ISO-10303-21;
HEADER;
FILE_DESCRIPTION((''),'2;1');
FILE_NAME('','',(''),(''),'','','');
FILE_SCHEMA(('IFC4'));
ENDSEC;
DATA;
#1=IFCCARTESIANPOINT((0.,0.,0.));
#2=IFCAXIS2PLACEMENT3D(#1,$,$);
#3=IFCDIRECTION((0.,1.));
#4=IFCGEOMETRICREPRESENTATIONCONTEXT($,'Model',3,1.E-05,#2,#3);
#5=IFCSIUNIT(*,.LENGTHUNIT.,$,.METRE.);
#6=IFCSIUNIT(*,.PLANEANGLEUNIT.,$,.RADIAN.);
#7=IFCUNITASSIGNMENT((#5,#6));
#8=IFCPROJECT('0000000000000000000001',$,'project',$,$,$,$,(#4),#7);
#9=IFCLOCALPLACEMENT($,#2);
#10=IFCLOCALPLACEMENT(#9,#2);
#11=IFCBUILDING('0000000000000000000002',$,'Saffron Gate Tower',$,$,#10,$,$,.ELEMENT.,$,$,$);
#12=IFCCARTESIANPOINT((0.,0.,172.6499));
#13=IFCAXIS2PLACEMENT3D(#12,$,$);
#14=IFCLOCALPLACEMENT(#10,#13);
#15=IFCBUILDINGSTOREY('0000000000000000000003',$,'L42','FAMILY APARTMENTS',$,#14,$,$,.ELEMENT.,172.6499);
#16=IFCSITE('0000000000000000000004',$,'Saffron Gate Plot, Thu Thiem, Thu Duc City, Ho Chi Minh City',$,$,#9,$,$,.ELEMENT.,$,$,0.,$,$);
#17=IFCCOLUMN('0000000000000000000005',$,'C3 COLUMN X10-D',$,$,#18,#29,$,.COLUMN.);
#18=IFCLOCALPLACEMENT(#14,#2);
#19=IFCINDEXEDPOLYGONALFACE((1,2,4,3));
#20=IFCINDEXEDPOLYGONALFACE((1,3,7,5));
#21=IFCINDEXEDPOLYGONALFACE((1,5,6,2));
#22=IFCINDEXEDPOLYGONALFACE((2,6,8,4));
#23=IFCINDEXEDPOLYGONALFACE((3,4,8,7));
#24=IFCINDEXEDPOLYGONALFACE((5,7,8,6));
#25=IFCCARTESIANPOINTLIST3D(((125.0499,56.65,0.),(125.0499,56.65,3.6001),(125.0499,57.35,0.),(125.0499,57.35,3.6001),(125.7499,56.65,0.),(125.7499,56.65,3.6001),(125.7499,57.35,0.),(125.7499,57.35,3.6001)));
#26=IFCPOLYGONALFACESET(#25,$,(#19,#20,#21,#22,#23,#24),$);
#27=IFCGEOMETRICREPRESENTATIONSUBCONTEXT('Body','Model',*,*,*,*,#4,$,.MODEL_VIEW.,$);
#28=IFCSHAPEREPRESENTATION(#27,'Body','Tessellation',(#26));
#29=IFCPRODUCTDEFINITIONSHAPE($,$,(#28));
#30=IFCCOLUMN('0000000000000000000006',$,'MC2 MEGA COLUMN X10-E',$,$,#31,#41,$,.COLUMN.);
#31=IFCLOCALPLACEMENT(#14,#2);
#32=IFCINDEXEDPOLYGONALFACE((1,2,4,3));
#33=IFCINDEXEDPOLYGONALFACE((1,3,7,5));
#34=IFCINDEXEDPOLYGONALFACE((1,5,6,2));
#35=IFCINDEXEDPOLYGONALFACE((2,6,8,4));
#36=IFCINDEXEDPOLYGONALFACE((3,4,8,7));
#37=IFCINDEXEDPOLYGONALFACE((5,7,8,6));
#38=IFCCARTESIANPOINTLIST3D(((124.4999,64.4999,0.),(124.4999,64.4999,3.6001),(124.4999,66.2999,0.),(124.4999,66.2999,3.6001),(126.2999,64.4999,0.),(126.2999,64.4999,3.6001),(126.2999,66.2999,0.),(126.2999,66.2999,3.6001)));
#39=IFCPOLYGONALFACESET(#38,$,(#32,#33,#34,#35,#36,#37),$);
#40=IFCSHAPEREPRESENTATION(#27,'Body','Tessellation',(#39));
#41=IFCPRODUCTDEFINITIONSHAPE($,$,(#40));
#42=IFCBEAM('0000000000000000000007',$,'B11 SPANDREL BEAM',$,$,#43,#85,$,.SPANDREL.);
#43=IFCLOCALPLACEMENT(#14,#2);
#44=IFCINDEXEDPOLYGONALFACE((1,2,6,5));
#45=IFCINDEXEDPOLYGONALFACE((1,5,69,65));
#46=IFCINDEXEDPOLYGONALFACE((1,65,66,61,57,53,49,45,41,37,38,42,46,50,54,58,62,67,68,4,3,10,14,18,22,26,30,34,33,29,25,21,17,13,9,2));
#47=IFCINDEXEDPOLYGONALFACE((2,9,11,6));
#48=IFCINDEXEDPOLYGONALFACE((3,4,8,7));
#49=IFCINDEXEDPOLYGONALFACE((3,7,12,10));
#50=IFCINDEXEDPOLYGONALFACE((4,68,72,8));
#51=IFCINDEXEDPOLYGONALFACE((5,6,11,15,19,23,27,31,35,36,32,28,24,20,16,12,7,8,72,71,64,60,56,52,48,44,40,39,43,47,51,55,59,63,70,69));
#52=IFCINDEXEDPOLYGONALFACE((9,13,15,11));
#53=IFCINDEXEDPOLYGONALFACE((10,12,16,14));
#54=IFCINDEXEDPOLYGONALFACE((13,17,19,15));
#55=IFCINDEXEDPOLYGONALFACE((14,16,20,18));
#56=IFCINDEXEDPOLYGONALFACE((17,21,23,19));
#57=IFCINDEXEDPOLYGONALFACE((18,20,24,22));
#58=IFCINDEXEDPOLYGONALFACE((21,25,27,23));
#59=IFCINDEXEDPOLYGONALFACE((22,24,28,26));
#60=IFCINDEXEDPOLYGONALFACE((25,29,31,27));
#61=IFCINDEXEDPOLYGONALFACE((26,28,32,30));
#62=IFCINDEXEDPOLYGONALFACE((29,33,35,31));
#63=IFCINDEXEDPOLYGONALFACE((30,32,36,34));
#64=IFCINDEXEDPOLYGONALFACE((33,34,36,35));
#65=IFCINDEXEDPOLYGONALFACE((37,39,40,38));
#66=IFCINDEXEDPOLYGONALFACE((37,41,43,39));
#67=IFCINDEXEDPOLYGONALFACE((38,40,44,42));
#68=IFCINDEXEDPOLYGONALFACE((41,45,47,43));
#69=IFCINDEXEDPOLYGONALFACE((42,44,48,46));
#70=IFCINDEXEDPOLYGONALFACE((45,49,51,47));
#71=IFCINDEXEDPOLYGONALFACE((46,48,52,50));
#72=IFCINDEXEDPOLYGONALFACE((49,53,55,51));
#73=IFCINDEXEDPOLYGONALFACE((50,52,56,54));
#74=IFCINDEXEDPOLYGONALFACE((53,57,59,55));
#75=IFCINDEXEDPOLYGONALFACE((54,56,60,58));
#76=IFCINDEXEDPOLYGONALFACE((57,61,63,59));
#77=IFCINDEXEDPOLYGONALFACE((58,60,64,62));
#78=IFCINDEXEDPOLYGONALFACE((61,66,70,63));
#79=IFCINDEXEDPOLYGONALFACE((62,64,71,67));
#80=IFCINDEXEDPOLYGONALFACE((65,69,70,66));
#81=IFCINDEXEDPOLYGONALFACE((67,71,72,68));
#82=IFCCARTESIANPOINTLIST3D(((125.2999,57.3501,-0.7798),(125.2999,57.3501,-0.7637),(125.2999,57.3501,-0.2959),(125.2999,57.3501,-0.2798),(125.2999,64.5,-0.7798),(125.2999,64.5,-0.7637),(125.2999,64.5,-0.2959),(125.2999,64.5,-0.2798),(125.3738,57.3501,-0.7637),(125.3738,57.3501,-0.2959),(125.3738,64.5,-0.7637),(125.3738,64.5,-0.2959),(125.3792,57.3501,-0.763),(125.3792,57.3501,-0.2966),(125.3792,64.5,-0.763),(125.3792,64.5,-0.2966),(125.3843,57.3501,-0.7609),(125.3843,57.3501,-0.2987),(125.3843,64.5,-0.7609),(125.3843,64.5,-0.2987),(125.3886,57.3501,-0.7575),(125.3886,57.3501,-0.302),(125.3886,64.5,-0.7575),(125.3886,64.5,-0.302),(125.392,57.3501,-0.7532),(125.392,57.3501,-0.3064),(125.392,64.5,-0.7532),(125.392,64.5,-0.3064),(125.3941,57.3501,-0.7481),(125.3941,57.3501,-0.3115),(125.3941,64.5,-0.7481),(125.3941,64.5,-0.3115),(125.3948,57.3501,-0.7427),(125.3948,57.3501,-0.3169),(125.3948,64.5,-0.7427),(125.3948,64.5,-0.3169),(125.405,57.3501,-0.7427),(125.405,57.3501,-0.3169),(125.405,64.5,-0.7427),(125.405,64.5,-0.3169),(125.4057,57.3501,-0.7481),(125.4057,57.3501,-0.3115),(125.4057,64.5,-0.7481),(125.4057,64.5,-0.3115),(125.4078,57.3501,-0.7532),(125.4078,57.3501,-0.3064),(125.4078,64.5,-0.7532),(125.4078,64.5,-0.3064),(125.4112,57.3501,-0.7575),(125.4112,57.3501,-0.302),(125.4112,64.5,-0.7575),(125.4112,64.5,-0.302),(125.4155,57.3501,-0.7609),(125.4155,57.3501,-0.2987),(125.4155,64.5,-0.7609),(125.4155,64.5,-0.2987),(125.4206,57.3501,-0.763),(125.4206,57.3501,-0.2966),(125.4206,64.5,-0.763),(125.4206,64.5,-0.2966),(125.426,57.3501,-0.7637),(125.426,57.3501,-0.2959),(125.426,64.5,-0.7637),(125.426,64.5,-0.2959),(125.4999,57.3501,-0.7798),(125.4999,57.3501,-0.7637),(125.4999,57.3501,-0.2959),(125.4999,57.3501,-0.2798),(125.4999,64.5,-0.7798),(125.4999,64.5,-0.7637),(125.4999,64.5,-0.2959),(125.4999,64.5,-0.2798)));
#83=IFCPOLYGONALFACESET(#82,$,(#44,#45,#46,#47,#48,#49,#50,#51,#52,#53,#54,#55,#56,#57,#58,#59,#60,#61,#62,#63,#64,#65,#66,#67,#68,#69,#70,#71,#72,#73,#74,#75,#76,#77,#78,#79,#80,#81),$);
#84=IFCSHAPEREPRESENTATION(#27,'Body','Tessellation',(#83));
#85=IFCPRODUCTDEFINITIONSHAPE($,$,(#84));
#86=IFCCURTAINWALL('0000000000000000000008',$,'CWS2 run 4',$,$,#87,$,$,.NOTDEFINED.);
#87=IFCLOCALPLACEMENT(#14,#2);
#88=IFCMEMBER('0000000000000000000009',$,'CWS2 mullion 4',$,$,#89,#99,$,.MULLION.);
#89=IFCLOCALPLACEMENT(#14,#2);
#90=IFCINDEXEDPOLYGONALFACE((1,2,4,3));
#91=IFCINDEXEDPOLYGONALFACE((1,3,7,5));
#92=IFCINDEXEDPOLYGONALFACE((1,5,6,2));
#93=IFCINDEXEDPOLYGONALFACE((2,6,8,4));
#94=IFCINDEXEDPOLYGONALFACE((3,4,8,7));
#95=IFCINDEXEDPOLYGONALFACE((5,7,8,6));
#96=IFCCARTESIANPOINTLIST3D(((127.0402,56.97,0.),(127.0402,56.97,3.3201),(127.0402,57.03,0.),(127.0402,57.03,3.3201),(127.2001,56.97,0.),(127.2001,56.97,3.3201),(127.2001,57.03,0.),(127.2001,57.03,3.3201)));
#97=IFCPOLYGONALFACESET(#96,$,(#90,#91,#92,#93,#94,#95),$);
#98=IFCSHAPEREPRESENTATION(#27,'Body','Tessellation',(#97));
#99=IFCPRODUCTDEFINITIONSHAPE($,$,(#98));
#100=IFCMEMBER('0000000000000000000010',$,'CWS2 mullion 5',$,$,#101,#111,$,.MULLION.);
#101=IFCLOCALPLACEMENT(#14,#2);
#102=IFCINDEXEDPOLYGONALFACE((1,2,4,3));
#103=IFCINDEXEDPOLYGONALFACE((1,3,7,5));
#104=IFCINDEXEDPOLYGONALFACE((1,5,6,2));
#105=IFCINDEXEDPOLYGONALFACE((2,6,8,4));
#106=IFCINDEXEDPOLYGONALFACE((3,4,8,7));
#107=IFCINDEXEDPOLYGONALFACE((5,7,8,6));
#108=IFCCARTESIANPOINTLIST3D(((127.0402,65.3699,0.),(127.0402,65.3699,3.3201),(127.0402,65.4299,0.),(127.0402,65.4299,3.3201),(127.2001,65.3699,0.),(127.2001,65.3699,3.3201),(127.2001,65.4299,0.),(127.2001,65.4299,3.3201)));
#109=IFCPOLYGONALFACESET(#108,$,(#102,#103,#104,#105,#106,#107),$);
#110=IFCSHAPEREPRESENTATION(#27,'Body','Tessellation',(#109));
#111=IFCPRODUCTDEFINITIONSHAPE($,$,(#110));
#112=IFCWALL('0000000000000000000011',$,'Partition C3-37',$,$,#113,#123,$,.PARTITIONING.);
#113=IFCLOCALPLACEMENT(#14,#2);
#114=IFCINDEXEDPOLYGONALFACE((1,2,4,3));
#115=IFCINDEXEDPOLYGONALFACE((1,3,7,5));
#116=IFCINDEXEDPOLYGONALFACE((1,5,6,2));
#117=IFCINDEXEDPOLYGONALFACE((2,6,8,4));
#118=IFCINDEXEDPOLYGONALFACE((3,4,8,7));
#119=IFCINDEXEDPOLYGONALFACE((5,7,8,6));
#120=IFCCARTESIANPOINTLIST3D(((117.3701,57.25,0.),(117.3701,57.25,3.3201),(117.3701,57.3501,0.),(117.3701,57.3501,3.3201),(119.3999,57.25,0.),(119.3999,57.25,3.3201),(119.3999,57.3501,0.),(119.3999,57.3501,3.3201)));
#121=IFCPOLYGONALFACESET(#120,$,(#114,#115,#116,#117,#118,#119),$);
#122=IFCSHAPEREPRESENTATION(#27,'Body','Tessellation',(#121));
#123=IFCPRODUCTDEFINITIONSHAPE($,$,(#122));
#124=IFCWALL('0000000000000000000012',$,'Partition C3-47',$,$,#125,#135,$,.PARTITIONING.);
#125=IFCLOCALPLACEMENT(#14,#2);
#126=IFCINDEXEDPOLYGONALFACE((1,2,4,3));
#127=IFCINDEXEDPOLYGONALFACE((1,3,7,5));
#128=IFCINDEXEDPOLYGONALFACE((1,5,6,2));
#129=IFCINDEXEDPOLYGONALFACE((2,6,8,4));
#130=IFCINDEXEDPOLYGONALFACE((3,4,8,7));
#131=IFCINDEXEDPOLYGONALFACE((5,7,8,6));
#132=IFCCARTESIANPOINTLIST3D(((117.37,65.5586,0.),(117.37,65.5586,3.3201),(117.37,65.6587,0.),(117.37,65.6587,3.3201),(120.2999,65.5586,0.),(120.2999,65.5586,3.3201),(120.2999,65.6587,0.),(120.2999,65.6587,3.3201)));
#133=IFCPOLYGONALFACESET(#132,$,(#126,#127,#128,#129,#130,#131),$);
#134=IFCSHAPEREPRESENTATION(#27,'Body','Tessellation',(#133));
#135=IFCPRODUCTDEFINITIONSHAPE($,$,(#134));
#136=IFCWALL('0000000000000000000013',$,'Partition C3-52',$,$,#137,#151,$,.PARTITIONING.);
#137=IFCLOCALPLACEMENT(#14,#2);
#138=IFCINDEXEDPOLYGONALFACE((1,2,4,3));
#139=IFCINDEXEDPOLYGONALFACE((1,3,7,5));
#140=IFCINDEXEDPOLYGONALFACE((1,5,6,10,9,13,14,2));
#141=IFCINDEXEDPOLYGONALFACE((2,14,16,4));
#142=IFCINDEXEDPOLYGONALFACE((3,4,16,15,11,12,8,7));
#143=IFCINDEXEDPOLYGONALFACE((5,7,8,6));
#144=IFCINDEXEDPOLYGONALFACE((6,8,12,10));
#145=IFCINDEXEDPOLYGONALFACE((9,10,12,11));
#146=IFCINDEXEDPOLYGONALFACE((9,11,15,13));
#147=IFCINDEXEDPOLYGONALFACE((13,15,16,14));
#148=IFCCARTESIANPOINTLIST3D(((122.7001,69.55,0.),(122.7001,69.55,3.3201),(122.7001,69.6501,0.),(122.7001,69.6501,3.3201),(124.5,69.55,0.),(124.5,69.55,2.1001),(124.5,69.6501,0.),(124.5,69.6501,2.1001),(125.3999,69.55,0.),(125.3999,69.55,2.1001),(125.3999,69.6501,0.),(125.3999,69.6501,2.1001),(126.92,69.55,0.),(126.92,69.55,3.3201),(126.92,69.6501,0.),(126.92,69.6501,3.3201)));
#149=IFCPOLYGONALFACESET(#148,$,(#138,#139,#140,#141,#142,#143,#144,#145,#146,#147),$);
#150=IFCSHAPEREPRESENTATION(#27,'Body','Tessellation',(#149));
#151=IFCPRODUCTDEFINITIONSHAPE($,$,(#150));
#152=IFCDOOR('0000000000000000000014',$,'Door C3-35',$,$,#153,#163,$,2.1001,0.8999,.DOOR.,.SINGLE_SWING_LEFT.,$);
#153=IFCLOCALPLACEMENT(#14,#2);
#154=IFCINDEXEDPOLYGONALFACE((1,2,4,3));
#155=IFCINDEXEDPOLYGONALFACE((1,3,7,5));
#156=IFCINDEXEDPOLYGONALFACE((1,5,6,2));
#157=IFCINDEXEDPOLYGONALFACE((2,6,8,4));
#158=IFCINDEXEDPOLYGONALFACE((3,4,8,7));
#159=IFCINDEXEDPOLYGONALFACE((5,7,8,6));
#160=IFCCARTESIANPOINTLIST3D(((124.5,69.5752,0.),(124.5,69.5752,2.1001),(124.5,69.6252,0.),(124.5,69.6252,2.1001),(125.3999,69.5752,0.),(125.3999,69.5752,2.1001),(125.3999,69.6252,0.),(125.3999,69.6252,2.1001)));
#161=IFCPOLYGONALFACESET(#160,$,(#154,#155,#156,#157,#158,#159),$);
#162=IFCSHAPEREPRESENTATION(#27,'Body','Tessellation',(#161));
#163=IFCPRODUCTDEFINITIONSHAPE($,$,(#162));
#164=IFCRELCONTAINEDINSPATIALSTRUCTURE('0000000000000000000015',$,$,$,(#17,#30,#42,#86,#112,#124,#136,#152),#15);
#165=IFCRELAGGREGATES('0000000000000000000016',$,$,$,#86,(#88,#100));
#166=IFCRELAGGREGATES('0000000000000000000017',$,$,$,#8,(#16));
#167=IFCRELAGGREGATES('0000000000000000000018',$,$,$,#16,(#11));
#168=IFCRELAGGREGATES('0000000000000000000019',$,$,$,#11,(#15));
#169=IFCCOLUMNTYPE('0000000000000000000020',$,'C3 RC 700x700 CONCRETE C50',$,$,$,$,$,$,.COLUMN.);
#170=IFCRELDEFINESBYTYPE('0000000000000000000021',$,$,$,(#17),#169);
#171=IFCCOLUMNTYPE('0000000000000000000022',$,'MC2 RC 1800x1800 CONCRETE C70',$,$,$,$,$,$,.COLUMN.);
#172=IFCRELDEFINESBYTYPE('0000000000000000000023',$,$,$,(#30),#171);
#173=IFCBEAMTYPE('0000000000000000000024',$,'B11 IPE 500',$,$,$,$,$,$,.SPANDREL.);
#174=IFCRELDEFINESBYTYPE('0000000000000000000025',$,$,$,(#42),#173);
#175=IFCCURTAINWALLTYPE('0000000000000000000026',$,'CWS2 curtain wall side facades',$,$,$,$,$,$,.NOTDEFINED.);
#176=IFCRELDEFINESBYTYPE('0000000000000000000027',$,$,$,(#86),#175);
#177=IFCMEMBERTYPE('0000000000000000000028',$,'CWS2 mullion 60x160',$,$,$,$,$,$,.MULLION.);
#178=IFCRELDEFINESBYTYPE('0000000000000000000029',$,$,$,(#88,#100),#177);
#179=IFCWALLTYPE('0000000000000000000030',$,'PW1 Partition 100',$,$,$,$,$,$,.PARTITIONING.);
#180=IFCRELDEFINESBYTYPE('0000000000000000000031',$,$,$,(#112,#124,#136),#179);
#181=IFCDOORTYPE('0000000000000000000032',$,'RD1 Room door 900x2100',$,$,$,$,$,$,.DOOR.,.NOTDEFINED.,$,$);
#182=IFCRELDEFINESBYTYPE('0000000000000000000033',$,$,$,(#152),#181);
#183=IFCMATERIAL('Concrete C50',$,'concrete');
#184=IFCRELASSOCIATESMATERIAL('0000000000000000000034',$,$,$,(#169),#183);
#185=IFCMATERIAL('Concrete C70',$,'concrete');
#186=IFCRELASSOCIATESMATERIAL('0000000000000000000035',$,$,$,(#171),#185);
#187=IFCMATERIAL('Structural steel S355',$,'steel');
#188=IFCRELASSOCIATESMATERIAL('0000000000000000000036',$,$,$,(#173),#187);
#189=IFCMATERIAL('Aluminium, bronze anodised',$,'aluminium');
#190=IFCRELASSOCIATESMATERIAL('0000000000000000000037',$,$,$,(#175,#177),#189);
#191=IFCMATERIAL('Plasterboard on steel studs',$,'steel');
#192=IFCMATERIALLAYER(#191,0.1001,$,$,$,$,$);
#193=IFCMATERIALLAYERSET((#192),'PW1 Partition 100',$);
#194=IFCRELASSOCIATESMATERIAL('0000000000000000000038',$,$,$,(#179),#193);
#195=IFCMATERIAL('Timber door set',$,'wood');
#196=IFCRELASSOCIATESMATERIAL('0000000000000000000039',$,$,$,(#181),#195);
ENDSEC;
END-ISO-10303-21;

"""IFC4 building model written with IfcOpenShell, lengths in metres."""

from ifc_helpers import new_model, si_unit, direction, frame, frame_2d, origin, origin_2d, place, context, subcontext, project, spatial, rectangle, i_section, extrude, material, layer, layer_set, material_profile, profile_set, type_object, element, fill, aggregate, save


model = new_model("IFC4")

# Units and contexts
model_context = context("Model", 3, precision=1e-05, world=origin(), true_north=direction((0.0, 1.0)))
body_context = subcontext(model_context, "Body", "Model", "MODEL_VIEW")
ifc_project = project(units=[si_unit("LENGTHUNIT", "METRE"), si_unit("PLANEANGLEUNIT", "RADIAN")], contexts=[model_context])

# Site, building, storey
site_placement = place(None, origin())
site = spatial("IfcSite", under=ifc_project, at=site_placement, Name="Saffron Gate Plot, Thu Thiem, Thu Duc City, Ho Chi Minh City", CompositionType="ELEMENT", RefElevation=0.0)
building_placement = place(site_placement, origin())
building = spatial("IfcBuilding", under=site, at=building_placement, Name="Saffron Gate Tower", CompositionType="ELEMENT")
storey_placement = place(building_placement, frame((0.0, 0.0, 172.6499)))
storey = spatial("IfcBuildingStorey", under=building, at=storey_placement, Name="L42", Description="FAMILY APARTMENTS", CompositionType="ELEMENT", Elevation=172.6499)

# Columns
ifc_material_1 = material(Name="Concrete C50", Category="concrete")
ifc_material_profile_1 = material_profile(ifc_material_1, rectangle(XDim=0.7, YDim=0.7, at=origin_2d()))
ifc_profile_set_1 = profile_set([ifc_material_profile_1], Name="Concrete C50")
column_type_1 = type_object("IfcColumnType", Name="C3 RC 700x700 CONCRETE C50", PredefinedType="COLUMN", material=ifc_profile_set_1)
column_1_placement = place(storey_placement, frame((125.3999, 57.0, 0.0), z_axis=(0.0, 0.0, 1.0), x_axis=(1.0, 0.0, 0.0)))
element("IfcColumn", 1, at=column_1_placement, inside=storey, type_object=column_type_1, Name="C3 COLUMN X10-D", PredefinedType="COLUMN", context=body_context, shape_type="SweptSolid", body=[
    extrude(rectangle(XDim=0.7, YDim=0.7, at=origin_2d()), origin(), (0.0, 0.0, 1.0), 3.6001),
])
ifc_material_2 = material(Name="Concrete C70", Category="concrete")
ifc_material_profile_2 = material_profile(ifc_material_2, rectangle(XDim=1.8, YDim=1.8, at=origin_2d()))
ifc_profile_set_2 = profile_set([ifc_material_profile_2], Name="Concrete C70")
column_type_2 = type_object("IfcColumnType", Name="MC2 RC 1800x1800 CONCRETE C70", PredefinedType="COLUMN", material=ifc_profile_set_2)
column_2_placement = place(storey_placement, frame((125.3999, 65.3999, 0.0), z_axis=(0.0, 0.0, 1.0), x_axis=(1.0, 0.0, 0.0)))
element("IfcColumn", 2, at=column_2_placement, inside=storey, type_object=column_type_2, Name="MC2 MEGA COLUMN X10-E", PredefinedType="COLUMN", context=body_context, shape_type="SweptSolid", body=[
    extrude(rectangle(XDim=1.8, YDim=1.8, at=origin_2d()), origin(), (0.0, 0.0, 1.0), 3.6001),
])

# Beam
ifc_material_3 = material(Name="Structural steel S355", Category="steel")
ifc_material_profile_3 = material_profile(ifc_material_3, i_section(OverallWidth=0.2, OverallDepth=0.5, WebThickness=0.0103, FlangeThickness=0.0161, FilletRadius=0.021, at=origin_2d()))
ifc_profile_set_3 = profile_set([ifc_material_profile_3], Name="Structural steel S355")
beam_type = type_object("IfcBeamType", Name="B11 IPE 500", PredefinedType="SPANDREL", material=ifc_profile_set_3)
beam_placement = place(storey_placement, frame((125.3999, 57.3501, -0.5298), z_axis=(0.0, 1.0, 0.0), x_axis=(-1.0, 0.0, 0.0)))
element("IfcBeam", 3, at=beam_placement, inside=storey, type_object=beam_type, Name="B11 SPANDREL BEAM", PredefinedType="SPANDREL", context=body_context, shape_type="SweptSolid", body=[
    extrude(i_section(OverallWidth=0.2, OverallDepth=0.5, WebThickness=0.0103, FlangeThickness=0.0161, FilletRadius=0.021, at=origin_2d()), origin(), (0.0, 0.0, 1.0), 7.1499),
])

# Curtain wall, members
ifc_material_4 = material(Name="Aluminium, bronze anodised", Category="aluminium")
curtain_wall_type = type_object("IfcCurtainWallType", Name="CWS2 curtain wall side facades", PredefinedType="NOTDEFINED", material=ifc_material_4)
curtain_wall_placement = place(storey_placement, origin())
curtain_wall = element("IfcCurtainWall", 4, at=curtain_wall_placement, inside=storey, type_object=curtain_wall_type, Name="CWS2 run 4", PredefinedType="NOTDEFINED")
ifc_material_profile_4 = material_profile(ifc_material_4, rectangle(XDim=0.1599, YDim=0.0601, at=origin_2d()))
ifc_profile_set_4 = profile_set([ifc_material_profile_4], Name="Aluminium, bronze anodised")
member_type = type_object("IfcMemberType", Name="CWS2 mullion 60x160", PredefinedType="MULLION", material=ifc_profile_set_4)
member_1_placement = place(storey_placement, frame((127.1201, 57.0, 0.0), z_axis=(0.0, 0.0, 1.0), x_axis=(-1.0, 0.0, 0.0)))
member_1 = element("IfcMember", 5, at=member_1_placement, type_object=member_type, Name="CWS2 mullion 4", PredefinedType="MULLION", context=body_context, shape_type="SweptSolid", body=[
    extrude(rectangle(XDim=0.1599, YDim=0.0601, at=origin_2d()), origin(), (0.0, 0.0, 1.0), 3.3201),
])
member_2_placement = place(storey_placement, frame((127.1201, 65.3999, 0.0), z_axis=(0.0, 0.0, 1.0), x_axis=(-1.0, 0.0, 0.0)))
member_2 = element("IfcMember", 6, at=member_2_placement, type_object=member_type, Name="CWS2 mullion 5", PredefinedType="MULLION", context=body_context, shape_type="SweptSolid", body=[
    extrude(rectangle(XDim=0.1599, YDim=0.0601, at=origin_2d()), origin(), (0.0, 0.0, 1.0), 3.3201),
])
aggregate(curtain_wall, [member_1, member_2])

# Walls
ifc_material_5 = material(Name="Plasterboard on steel studs", Category="steel")
ifc_layer = layer(ifc_material_5, 0.1001)
ifc_layer_set = layer_set([ifc_layer], Name="PW1 Partition 100")
wall_type = type_object("IfcWallType", Name="PW1 Partition 100", PredefinedType="PARTITIONING", material=ifc_layer_set)
wall_1_placement = place(storey_placement, frame((117.3701, 57.3, 0.0), z_axis=(0.0, 0.0, 1.0), x_axis=(1.0, 0.0, 0.0)))
element("IfcWall", 7, at=wall_1_placement, inside=storey, type_object=wall_type, Name="Partition C3-37", PredefinedType="PARTITIONING", context=body_context, shape_type="SweptSolid", body=[
    extrude(rectangle(XDim=2.0298, YDim=0.1001, at=frame_2d((1.0149, 0.0))), origin(), (0.0, 0.0, 1.0), 3.3201),
])
wall_2_placement = place(storey_placement, frame((117.3701, 65.6086, 0.0), z_axis=(0.0, 0.0, 1.0), x_axis=(1.0, 0.0, 0.0)))
element("IfcWall", 8, at=wall_2_placement, inside=storey, type_object=wall_type, Name="Partition C3-47", PredefinedType="PARTITIONING", context=body_context, shape_type="SweptSolid", body=[
    extrude(rectangle(XDim=2.9299, YDim=0.1001, at=frame_2d((1.4648, 0.0))), origin(), (0.0, 0.0, 1.0), 3.3201),
])

# Wall, opening, door
wall_3_placement = place(storey_placement, frame((126.9199, 69.6001, 0.0), z_axis=(0.0, 0.0, 1.0), x_axis=(-1.0, 0.0, 0.0)))
wall_3 = element("IfcWall", 9, at=wall_3_placement, inside=storey, type_object=wall_type, Name="Partition C3-52", PredefinedType="PARTITIONING", context=body_context, shape_type="SweptSolid", body=[
    extrude(rectangle(XDim=4.22, YDim=0.1001, at=frame_2d((2.1099, 0.0))), origin(), (0.0, 0.0, 1.0), 3.3201),
])
opening_1_placement = place(wall_3_placement, frame((1.52, 0.0, 0.0)))
opening_1 = element("IfcOpeningElement", 10, at=opening_1_placement, cuts=wall_3, PredefinedType="OPENING", context=body_context, shape_type="SweptSolid", body=[
    extrude(rectangle(XDim=0.8999, YDim=2.1001, at=frame_2d((0.45, 1.05))), frame((0.0, 0.0601, 0.0), z_axis=(0.0, -1.0, 0.0), x_axis=(1.0, 0.0, 0.0)), (0.0, 0.0, 1.0), 0.1201),
])
ifc_material_6 = material(Name="Timber door set", Category="wood")
door_type = type_object("IfcDoorType", Name="RD1 Room door 900x2100", OperationType="NOTDEFINED", PredefinedType="DOOR", material=ifc_material_6)
door_1_placement = place(opening_1_placement, origin())
door_1 = element("IfcDoor", 11, at=door_1_placement, inside=storey, type_object=door_type, Name="Door C3-35", OperationType="SINGLE_SWING_LEFT", OverallHeight=2.1001, OverallWidth=0.8999, PredefinedType="DOOR", context=body_context, shape_type="SweptSolid", body=[
    extrude(rectangle(XDim=0.8999, YDim=2.1001, at=frame_2d((0.45, 1.05))), frame((0.0, 0.0249, 0.0), z_axis=(0.0, -1.0, 0.0), x_axis=(1.0, 0.0, 0.0)), (0.0, 0.0, 1.0), 0.05),
])
fill(opening_1, door_1)

save(model, "model.ifc")
